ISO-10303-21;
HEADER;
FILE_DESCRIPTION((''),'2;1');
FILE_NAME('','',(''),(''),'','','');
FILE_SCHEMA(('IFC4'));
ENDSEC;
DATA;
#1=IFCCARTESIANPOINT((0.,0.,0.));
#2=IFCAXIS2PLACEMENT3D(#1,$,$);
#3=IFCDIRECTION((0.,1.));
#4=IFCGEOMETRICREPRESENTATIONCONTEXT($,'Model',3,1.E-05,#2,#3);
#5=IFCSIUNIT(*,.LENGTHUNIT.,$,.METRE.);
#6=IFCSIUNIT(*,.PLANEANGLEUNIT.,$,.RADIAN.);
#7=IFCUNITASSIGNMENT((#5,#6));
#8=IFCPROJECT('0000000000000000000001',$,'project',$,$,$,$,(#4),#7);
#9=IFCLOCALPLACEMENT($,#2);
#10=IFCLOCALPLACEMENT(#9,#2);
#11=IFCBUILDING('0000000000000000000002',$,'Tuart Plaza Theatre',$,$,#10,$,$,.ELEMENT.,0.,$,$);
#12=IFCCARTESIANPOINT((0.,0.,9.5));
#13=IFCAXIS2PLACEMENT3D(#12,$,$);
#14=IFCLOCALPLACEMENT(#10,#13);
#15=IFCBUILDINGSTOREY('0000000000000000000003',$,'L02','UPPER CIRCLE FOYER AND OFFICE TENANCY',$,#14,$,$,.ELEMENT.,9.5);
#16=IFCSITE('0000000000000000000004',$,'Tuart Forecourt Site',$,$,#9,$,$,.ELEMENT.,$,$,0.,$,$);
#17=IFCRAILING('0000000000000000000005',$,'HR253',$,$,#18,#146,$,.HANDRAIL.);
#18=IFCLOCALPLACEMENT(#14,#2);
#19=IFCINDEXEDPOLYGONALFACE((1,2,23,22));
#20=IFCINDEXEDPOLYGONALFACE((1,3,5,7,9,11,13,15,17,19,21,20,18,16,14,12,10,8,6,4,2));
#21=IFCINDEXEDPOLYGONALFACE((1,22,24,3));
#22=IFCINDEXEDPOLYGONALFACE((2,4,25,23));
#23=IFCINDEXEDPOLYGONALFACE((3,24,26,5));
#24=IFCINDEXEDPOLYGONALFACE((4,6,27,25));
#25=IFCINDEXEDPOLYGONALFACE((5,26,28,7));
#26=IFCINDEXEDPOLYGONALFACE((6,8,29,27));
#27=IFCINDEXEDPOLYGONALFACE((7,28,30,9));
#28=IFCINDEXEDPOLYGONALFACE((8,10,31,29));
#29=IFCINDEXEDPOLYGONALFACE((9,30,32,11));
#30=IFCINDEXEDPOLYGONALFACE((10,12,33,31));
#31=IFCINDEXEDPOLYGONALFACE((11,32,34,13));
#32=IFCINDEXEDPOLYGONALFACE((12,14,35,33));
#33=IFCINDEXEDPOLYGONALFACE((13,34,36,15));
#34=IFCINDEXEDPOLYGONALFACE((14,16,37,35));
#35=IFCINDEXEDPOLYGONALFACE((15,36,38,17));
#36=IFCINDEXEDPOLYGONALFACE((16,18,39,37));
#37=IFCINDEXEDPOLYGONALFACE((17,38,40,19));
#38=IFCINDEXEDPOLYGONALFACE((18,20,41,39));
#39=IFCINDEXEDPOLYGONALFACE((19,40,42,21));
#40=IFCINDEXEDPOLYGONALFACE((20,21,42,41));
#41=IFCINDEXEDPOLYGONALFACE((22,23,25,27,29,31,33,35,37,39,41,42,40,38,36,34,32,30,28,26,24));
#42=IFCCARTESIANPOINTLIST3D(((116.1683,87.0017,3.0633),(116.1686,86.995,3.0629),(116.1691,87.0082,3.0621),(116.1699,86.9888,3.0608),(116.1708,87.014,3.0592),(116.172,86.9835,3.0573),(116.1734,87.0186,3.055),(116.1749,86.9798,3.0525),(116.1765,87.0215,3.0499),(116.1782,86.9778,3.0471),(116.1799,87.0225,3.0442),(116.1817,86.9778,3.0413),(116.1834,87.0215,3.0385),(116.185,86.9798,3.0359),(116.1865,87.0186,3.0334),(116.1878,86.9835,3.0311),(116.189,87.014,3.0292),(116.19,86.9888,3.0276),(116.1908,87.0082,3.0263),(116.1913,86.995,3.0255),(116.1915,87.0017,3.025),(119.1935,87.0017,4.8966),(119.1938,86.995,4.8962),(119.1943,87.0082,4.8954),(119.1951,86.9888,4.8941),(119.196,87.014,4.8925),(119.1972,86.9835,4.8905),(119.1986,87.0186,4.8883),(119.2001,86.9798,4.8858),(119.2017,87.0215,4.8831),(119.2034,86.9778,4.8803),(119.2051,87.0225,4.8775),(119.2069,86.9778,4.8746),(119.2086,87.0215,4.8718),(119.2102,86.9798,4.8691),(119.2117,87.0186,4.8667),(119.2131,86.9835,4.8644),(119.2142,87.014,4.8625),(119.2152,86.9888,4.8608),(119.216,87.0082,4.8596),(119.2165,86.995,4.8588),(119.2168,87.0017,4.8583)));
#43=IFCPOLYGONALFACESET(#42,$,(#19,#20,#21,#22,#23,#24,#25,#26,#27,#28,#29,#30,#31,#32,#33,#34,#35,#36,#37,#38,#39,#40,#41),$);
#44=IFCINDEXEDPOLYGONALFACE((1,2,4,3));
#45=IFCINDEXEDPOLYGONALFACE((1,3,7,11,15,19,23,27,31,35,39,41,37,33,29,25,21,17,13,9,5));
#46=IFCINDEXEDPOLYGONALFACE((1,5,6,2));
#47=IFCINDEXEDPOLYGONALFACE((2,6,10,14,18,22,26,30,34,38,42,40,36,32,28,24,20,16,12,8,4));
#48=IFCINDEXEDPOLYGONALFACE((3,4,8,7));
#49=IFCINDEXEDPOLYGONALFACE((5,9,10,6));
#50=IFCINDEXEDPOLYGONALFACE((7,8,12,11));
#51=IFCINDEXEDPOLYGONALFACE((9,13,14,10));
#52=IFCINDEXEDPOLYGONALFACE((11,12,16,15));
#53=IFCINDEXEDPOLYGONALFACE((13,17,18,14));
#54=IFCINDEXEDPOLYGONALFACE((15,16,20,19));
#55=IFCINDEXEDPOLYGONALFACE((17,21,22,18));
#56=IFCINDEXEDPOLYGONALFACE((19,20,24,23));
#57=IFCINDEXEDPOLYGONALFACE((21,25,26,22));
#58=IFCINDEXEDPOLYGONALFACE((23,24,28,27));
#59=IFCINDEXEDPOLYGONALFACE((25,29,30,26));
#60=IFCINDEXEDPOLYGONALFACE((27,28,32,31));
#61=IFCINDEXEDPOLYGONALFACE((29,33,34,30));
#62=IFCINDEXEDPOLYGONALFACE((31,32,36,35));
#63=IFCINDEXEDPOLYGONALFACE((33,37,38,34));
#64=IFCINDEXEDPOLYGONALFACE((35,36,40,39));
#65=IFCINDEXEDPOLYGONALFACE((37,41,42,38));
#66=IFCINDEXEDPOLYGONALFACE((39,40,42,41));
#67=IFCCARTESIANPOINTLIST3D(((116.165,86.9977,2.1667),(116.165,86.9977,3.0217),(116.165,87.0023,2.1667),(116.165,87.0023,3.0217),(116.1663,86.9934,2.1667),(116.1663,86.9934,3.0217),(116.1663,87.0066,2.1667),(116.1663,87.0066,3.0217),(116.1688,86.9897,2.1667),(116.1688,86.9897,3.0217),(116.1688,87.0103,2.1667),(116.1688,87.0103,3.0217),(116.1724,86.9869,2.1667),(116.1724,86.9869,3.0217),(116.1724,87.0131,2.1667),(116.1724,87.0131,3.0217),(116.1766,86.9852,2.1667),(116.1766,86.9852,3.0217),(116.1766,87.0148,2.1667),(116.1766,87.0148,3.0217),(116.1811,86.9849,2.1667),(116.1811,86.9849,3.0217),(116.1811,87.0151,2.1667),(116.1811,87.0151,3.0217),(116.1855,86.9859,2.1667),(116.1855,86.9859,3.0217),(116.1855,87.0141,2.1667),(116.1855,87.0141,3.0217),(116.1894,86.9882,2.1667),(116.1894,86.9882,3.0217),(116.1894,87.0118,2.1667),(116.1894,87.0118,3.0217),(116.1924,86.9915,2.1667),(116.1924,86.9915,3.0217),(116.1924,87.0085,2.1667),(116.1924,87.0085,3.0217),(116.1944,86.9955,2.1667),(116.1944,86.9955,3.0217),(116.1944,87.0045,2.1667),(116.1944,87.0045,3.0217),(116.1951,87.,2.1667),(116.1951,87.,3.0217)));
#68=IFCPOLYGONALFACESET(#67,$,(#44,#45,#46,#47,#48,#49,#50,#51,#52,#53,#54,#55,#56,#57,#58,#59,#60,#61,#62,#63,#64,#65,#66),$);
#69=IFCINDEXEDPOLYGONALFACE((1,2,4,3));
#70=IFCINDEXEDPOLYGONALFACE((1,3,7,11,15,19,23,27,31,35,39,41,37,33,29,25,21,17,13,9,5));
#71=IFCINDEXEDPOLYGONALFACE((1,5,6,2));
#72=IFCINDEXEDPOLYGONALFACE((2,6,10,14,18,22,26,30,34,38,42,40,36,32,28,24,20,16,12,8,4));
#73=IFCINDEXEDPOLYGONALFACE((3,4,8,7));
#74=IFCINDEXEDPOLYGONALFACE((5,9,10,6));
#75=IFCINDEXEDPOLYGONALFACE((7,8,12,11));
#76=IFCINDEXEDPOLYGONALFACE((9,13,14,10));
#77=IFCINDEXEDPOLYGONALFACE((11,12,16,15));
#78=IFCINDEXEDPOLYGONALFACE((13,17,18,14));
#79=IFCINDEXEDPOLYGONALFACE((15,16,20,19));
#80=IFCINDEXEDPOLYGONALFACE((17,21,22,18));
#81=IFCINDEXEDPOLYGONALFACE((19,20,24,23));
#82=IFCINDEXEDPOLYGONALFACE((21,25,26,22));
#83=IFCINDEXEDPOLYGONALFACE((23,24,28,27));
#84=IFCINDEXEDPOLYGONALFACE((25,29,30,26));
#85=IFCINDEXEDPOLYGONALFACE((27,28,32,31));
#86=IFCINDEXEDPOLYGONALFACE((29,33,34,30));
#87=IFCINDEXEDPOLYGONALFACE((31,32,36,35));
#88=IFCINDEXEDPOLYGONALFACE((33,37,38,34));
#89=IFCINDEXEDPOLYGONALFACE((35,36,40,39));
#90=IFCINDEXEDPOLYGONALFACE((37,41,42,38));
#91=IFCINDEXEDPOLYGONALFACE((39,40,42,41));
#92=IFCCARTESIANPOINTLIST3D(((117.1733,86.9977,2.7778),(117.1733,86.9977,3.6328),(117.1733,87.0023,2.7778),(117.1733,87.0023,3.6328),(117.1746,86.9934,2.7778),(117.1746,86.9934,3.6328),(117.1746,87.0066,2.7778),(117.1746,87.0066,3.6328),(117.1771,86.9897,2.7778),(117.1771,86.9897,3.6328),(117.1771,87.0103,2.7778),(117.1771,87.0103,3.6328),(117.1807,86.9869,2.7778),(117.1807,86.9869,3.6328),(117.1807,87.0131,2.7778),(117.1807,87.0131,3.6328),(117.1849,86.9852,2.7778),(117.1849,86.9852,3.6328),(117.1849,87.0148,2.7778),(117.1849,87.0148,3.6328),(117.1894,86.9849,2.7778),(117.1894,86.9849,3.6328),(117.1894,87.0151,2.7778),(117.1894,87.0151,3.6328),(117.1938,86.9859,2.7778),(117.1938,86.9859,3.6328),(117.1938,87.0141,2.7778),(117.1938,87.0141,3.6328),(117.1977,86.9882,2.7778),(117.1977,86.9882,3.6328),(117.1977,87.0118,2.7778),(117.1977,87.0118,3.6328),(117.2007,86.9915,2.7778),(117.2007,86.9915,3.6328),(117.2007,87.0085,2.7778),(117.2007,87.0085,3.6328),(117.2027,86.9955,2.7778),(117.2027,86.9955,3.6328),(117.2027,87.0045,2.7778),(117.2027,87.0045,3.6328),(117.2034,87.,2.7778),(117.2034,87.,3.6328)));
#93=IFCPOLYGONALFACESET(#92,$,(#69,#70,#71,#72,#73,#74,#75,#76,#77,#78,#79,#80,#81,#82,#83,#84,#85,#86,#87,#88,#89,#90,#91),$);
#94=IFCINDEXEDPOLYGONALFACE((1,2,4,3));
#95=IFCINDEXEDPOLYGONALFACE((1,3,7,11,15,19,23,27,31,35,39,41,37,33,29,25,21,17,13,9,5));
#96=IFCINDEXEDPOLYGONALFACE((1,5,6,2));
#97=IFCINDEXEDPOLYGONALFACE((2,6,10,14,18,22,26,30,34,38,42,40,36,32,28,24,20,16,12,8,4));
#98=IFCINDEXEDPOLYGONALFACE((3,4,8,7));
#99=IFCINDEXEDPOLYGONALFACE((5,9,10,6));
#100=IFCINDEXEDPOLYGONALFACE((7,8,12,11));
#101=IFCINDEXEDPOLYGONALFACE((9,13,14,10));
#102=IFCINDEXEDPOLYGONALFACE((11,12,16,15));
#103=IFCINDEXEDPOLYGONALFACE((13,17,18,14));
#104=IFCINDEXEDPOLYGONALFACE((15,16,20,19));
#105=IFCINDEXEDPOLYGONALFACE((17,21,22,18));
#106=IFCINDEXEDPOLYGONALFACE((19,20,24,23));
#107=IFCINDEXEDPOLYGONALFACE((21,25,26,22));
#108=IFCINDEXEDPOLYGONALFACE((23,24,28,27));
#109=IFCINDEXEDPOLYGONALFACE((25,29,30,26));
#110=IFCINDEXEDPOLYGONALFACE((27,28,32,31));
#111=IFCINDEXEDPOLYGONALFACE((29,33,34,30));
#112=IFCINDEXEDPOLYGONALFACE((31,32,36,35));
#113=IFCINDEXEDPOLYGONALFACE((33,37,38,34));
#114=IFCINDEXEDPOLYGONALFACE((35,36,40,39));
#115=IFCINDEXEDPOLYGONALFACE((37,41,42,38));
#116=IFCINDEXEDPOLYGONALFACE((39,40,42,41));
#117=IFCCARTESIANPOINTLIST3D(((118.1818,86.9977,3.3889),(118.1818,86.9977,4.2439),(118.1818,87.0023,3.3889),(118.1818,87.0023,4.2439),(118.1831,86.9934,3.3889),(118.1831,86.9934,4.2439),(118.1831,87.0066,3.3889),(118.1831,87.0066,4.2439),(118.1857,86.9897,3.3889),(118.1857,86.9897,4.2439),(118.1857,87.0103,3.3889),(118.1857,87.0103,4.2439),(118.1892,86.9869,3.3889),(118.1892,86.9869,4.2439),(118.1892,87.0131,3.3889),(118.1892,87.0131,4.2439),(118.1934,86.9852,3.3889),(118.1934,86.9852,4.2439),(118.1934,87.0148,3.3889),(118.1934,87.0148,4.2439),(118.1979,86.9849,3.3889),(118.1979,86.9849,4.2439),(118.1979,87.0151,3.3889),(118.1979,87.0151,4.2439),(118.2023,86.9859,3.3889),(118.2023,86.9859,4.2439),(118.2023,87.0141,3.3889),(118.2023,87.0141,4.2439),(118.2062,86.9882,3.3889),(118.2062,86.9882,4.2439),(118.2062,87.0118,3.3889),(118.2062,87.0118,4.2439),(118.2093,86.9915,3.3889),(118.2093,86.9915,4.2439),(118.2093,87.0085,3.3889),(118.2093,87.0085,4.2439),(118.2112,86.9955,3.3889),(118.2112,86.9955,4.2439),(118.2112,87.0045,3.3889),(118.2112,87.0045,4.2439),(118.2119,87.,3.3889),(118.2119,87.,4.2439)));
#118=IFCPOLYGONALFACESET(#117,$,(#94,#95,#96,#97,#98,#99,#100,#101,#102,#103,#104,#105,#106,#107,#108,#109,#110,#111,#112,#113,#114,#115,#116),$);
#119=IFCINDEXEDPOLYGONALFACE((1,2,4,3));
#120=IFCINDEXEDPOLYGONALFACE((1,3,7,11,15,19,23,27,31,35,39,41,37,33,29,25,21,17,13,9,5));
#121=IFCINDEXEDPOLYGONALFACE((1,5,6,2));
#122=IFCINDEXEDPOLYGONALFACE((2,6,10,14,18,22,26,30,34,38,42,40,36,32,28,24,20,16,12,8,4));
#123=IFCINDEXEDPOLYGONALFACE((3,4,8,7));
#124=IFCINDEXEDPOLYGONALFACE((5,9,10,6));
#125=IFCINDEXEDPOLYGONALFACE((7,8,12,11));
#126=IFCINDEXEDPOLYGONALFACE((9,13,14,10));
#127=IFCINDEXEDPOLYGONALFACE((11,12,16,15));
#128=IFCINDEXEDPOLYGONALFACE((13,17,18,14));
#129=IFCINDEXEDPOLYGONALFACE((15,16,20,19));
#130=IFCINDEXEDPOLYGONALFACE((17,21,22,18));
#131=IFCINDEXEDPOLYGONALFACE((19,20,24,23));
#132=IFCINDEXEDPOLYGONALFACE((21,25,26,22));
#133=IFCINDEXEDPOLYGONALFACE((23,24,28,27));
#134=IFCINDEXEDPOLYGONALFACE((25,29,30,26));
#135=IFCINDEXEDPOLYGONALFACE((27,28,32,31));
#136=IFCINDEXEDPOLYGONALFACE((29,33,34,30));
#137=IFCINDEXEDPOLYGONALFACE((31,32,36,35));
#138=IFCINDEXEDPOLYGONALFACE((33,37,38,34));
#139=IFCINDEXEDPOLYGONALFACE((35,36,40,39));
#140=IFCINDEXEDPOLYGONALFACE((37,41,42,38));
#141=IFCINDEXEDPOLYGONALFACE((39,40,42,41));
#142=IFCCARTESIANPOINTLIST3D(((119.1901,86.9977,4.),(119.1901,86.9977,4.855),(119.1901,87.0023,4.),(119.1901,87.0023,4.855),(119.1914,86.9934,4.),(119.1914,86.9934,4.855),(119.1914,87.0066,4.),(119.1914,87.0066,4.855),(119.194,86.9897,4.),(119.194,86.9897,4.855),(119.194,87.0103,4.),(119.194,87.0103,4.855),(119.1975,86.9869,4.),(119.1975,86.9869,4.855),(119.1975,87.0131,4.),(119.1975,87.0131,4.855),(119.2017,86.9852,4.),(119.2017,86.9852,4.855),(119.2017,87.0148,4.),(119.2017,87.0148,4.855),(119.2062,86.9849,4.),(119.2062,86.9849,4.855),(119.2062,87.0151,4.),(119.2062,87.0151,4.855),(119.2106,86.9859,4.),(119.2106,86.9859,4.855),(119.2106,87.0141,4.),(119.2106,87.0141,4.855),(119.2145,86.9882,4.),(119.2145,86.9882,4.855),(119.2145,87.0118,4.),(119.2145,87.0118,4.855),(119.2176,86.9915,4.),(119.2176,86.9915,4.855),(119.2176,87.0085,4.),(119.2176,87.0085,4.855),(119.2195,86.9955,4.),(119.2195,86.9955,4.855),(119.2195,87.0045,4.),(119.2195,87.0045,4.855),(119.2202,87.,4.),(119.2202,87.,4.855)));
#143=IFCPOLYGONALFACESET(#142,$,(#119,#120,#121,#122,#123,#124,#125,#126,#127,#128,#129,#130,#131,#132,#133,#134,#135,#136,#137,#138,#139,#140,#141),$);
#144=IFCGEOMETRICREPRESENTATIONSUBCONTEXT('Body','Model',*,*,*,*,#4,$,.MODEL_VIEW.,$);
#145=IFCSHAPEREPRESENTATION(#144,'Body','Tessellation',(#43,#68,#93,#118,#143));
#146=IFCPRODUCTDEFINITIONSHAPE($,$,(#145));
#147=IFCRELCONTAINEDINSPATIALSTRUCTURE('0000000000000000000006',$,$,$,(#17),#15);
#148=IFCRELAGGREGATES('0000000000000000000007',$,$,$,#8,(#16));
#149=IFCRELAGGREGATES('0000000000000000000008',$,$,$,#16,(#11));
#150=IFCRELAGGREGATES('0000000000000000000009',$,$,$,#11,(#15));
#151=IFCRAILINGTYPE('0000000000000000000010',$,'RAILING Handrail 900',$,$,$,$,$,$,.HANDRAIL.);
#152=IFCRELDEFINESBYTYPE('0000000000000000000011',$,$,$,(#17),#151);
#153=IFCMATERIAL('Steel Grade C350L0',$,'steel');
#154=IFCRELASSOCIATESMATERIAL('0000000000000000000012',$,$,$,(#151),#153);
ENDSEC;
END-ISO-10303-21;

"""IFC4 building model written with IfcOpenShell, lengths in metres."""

from ifc_helpers import new_model, si_unit, direction, frame, origin, origin_2d, place, context, subcontext, project, spatial, circle, extrude, material, type_object, element, save


model = new_model("IFC4")

# Units and contexts
model_context = context("Model", 3, precision=1e-05, world=origin(), true_north=direction((0.0, 1.0)))
body_context = subcontext(model_context, "Body", "Model", "MODEL_VIEW")
ifc_project = project(units=[si_unit("LENGTHUNIT", "METRE"), si_unit("PLANEANGLEUNIT", "RADIAN")], contexts=[model_context])

# Site, building, storey
site_placement = place(None, origin())
site = spatial("IfcSite", under=ifc_project, at=site_placement, Name="Tuart Forecourt Site", CompositionType="ELEMENT", RefElevation=0.0)
building_placement = place(site_placement, origin())
building = spatial("IfcBuilding", under=site, at=building_placement, Name="Tuart Plaza Theatre", CompositionType="ELEMENT", ElevationOfRefHeight=0.0)
storey_placement = place(building_placement, frame((0.0, 0.0, 9.5)))
storey = spatial("IfcBuildingStorey", under=building, at=storey_placement, Name="L02", Description="UPPER CIRCLE FOYER AND OFFICE TENANCY", CompositionType="ELEMENT", Elevation=9.5)

# Railing
ifc_material_1 = material(Name="Steel Grade C350L0", Category="steel")
railing_type_1 = type_object("IfcRailingType", Name="RAILING Handrail 900", PredefinedType="HANDRAIL", material=ifc_material_1)
for number, where, name in (
    (1, (116.1799, 87.0, 2.1667), "HR253"),
):
    element("IfcRailing", number, at=place(storey_placement, frame(where)), inside=storey, type_object=railing_type_1, Name=name, PredefinedType="HANDRAIL", context=body_context, shape_type="SweptSolid", body=[
        extrude(circle(Radius=0.0225, at=origin_2d()), frame((0.0, 0.0, 0.8774), z_axis=(0.855219, 0.0, 0.518267), x_axis=(0.0, 1.0, 0.0)), (0.0, 0.0, 1.0), 3.5374),
        extrude(circle(Radius=0.0151, at=origin_2d()), origin(), (0.0, 0.0, 1.0), 0.855),
        extrude(circle(Radius=0.0151, at=origin_2d()), frame((1.0083, 0.0, 0.6111)), (0.0, 0.0, 1.0), 0.855),
        extrude(circle(Radius=0.0151, at=origin_2d()), frame((2.0168, 0.0, 1.2222)), (0.0, 0.0, 1.0), 0.855),
        extrude(circle(Radius=0.0151, at=origin_2d()), frame((3.0251, 0.0, 1.8333)), (0.0, 0.0, 1.0), 0.855),
    ])

save(model, "model.ifc")
